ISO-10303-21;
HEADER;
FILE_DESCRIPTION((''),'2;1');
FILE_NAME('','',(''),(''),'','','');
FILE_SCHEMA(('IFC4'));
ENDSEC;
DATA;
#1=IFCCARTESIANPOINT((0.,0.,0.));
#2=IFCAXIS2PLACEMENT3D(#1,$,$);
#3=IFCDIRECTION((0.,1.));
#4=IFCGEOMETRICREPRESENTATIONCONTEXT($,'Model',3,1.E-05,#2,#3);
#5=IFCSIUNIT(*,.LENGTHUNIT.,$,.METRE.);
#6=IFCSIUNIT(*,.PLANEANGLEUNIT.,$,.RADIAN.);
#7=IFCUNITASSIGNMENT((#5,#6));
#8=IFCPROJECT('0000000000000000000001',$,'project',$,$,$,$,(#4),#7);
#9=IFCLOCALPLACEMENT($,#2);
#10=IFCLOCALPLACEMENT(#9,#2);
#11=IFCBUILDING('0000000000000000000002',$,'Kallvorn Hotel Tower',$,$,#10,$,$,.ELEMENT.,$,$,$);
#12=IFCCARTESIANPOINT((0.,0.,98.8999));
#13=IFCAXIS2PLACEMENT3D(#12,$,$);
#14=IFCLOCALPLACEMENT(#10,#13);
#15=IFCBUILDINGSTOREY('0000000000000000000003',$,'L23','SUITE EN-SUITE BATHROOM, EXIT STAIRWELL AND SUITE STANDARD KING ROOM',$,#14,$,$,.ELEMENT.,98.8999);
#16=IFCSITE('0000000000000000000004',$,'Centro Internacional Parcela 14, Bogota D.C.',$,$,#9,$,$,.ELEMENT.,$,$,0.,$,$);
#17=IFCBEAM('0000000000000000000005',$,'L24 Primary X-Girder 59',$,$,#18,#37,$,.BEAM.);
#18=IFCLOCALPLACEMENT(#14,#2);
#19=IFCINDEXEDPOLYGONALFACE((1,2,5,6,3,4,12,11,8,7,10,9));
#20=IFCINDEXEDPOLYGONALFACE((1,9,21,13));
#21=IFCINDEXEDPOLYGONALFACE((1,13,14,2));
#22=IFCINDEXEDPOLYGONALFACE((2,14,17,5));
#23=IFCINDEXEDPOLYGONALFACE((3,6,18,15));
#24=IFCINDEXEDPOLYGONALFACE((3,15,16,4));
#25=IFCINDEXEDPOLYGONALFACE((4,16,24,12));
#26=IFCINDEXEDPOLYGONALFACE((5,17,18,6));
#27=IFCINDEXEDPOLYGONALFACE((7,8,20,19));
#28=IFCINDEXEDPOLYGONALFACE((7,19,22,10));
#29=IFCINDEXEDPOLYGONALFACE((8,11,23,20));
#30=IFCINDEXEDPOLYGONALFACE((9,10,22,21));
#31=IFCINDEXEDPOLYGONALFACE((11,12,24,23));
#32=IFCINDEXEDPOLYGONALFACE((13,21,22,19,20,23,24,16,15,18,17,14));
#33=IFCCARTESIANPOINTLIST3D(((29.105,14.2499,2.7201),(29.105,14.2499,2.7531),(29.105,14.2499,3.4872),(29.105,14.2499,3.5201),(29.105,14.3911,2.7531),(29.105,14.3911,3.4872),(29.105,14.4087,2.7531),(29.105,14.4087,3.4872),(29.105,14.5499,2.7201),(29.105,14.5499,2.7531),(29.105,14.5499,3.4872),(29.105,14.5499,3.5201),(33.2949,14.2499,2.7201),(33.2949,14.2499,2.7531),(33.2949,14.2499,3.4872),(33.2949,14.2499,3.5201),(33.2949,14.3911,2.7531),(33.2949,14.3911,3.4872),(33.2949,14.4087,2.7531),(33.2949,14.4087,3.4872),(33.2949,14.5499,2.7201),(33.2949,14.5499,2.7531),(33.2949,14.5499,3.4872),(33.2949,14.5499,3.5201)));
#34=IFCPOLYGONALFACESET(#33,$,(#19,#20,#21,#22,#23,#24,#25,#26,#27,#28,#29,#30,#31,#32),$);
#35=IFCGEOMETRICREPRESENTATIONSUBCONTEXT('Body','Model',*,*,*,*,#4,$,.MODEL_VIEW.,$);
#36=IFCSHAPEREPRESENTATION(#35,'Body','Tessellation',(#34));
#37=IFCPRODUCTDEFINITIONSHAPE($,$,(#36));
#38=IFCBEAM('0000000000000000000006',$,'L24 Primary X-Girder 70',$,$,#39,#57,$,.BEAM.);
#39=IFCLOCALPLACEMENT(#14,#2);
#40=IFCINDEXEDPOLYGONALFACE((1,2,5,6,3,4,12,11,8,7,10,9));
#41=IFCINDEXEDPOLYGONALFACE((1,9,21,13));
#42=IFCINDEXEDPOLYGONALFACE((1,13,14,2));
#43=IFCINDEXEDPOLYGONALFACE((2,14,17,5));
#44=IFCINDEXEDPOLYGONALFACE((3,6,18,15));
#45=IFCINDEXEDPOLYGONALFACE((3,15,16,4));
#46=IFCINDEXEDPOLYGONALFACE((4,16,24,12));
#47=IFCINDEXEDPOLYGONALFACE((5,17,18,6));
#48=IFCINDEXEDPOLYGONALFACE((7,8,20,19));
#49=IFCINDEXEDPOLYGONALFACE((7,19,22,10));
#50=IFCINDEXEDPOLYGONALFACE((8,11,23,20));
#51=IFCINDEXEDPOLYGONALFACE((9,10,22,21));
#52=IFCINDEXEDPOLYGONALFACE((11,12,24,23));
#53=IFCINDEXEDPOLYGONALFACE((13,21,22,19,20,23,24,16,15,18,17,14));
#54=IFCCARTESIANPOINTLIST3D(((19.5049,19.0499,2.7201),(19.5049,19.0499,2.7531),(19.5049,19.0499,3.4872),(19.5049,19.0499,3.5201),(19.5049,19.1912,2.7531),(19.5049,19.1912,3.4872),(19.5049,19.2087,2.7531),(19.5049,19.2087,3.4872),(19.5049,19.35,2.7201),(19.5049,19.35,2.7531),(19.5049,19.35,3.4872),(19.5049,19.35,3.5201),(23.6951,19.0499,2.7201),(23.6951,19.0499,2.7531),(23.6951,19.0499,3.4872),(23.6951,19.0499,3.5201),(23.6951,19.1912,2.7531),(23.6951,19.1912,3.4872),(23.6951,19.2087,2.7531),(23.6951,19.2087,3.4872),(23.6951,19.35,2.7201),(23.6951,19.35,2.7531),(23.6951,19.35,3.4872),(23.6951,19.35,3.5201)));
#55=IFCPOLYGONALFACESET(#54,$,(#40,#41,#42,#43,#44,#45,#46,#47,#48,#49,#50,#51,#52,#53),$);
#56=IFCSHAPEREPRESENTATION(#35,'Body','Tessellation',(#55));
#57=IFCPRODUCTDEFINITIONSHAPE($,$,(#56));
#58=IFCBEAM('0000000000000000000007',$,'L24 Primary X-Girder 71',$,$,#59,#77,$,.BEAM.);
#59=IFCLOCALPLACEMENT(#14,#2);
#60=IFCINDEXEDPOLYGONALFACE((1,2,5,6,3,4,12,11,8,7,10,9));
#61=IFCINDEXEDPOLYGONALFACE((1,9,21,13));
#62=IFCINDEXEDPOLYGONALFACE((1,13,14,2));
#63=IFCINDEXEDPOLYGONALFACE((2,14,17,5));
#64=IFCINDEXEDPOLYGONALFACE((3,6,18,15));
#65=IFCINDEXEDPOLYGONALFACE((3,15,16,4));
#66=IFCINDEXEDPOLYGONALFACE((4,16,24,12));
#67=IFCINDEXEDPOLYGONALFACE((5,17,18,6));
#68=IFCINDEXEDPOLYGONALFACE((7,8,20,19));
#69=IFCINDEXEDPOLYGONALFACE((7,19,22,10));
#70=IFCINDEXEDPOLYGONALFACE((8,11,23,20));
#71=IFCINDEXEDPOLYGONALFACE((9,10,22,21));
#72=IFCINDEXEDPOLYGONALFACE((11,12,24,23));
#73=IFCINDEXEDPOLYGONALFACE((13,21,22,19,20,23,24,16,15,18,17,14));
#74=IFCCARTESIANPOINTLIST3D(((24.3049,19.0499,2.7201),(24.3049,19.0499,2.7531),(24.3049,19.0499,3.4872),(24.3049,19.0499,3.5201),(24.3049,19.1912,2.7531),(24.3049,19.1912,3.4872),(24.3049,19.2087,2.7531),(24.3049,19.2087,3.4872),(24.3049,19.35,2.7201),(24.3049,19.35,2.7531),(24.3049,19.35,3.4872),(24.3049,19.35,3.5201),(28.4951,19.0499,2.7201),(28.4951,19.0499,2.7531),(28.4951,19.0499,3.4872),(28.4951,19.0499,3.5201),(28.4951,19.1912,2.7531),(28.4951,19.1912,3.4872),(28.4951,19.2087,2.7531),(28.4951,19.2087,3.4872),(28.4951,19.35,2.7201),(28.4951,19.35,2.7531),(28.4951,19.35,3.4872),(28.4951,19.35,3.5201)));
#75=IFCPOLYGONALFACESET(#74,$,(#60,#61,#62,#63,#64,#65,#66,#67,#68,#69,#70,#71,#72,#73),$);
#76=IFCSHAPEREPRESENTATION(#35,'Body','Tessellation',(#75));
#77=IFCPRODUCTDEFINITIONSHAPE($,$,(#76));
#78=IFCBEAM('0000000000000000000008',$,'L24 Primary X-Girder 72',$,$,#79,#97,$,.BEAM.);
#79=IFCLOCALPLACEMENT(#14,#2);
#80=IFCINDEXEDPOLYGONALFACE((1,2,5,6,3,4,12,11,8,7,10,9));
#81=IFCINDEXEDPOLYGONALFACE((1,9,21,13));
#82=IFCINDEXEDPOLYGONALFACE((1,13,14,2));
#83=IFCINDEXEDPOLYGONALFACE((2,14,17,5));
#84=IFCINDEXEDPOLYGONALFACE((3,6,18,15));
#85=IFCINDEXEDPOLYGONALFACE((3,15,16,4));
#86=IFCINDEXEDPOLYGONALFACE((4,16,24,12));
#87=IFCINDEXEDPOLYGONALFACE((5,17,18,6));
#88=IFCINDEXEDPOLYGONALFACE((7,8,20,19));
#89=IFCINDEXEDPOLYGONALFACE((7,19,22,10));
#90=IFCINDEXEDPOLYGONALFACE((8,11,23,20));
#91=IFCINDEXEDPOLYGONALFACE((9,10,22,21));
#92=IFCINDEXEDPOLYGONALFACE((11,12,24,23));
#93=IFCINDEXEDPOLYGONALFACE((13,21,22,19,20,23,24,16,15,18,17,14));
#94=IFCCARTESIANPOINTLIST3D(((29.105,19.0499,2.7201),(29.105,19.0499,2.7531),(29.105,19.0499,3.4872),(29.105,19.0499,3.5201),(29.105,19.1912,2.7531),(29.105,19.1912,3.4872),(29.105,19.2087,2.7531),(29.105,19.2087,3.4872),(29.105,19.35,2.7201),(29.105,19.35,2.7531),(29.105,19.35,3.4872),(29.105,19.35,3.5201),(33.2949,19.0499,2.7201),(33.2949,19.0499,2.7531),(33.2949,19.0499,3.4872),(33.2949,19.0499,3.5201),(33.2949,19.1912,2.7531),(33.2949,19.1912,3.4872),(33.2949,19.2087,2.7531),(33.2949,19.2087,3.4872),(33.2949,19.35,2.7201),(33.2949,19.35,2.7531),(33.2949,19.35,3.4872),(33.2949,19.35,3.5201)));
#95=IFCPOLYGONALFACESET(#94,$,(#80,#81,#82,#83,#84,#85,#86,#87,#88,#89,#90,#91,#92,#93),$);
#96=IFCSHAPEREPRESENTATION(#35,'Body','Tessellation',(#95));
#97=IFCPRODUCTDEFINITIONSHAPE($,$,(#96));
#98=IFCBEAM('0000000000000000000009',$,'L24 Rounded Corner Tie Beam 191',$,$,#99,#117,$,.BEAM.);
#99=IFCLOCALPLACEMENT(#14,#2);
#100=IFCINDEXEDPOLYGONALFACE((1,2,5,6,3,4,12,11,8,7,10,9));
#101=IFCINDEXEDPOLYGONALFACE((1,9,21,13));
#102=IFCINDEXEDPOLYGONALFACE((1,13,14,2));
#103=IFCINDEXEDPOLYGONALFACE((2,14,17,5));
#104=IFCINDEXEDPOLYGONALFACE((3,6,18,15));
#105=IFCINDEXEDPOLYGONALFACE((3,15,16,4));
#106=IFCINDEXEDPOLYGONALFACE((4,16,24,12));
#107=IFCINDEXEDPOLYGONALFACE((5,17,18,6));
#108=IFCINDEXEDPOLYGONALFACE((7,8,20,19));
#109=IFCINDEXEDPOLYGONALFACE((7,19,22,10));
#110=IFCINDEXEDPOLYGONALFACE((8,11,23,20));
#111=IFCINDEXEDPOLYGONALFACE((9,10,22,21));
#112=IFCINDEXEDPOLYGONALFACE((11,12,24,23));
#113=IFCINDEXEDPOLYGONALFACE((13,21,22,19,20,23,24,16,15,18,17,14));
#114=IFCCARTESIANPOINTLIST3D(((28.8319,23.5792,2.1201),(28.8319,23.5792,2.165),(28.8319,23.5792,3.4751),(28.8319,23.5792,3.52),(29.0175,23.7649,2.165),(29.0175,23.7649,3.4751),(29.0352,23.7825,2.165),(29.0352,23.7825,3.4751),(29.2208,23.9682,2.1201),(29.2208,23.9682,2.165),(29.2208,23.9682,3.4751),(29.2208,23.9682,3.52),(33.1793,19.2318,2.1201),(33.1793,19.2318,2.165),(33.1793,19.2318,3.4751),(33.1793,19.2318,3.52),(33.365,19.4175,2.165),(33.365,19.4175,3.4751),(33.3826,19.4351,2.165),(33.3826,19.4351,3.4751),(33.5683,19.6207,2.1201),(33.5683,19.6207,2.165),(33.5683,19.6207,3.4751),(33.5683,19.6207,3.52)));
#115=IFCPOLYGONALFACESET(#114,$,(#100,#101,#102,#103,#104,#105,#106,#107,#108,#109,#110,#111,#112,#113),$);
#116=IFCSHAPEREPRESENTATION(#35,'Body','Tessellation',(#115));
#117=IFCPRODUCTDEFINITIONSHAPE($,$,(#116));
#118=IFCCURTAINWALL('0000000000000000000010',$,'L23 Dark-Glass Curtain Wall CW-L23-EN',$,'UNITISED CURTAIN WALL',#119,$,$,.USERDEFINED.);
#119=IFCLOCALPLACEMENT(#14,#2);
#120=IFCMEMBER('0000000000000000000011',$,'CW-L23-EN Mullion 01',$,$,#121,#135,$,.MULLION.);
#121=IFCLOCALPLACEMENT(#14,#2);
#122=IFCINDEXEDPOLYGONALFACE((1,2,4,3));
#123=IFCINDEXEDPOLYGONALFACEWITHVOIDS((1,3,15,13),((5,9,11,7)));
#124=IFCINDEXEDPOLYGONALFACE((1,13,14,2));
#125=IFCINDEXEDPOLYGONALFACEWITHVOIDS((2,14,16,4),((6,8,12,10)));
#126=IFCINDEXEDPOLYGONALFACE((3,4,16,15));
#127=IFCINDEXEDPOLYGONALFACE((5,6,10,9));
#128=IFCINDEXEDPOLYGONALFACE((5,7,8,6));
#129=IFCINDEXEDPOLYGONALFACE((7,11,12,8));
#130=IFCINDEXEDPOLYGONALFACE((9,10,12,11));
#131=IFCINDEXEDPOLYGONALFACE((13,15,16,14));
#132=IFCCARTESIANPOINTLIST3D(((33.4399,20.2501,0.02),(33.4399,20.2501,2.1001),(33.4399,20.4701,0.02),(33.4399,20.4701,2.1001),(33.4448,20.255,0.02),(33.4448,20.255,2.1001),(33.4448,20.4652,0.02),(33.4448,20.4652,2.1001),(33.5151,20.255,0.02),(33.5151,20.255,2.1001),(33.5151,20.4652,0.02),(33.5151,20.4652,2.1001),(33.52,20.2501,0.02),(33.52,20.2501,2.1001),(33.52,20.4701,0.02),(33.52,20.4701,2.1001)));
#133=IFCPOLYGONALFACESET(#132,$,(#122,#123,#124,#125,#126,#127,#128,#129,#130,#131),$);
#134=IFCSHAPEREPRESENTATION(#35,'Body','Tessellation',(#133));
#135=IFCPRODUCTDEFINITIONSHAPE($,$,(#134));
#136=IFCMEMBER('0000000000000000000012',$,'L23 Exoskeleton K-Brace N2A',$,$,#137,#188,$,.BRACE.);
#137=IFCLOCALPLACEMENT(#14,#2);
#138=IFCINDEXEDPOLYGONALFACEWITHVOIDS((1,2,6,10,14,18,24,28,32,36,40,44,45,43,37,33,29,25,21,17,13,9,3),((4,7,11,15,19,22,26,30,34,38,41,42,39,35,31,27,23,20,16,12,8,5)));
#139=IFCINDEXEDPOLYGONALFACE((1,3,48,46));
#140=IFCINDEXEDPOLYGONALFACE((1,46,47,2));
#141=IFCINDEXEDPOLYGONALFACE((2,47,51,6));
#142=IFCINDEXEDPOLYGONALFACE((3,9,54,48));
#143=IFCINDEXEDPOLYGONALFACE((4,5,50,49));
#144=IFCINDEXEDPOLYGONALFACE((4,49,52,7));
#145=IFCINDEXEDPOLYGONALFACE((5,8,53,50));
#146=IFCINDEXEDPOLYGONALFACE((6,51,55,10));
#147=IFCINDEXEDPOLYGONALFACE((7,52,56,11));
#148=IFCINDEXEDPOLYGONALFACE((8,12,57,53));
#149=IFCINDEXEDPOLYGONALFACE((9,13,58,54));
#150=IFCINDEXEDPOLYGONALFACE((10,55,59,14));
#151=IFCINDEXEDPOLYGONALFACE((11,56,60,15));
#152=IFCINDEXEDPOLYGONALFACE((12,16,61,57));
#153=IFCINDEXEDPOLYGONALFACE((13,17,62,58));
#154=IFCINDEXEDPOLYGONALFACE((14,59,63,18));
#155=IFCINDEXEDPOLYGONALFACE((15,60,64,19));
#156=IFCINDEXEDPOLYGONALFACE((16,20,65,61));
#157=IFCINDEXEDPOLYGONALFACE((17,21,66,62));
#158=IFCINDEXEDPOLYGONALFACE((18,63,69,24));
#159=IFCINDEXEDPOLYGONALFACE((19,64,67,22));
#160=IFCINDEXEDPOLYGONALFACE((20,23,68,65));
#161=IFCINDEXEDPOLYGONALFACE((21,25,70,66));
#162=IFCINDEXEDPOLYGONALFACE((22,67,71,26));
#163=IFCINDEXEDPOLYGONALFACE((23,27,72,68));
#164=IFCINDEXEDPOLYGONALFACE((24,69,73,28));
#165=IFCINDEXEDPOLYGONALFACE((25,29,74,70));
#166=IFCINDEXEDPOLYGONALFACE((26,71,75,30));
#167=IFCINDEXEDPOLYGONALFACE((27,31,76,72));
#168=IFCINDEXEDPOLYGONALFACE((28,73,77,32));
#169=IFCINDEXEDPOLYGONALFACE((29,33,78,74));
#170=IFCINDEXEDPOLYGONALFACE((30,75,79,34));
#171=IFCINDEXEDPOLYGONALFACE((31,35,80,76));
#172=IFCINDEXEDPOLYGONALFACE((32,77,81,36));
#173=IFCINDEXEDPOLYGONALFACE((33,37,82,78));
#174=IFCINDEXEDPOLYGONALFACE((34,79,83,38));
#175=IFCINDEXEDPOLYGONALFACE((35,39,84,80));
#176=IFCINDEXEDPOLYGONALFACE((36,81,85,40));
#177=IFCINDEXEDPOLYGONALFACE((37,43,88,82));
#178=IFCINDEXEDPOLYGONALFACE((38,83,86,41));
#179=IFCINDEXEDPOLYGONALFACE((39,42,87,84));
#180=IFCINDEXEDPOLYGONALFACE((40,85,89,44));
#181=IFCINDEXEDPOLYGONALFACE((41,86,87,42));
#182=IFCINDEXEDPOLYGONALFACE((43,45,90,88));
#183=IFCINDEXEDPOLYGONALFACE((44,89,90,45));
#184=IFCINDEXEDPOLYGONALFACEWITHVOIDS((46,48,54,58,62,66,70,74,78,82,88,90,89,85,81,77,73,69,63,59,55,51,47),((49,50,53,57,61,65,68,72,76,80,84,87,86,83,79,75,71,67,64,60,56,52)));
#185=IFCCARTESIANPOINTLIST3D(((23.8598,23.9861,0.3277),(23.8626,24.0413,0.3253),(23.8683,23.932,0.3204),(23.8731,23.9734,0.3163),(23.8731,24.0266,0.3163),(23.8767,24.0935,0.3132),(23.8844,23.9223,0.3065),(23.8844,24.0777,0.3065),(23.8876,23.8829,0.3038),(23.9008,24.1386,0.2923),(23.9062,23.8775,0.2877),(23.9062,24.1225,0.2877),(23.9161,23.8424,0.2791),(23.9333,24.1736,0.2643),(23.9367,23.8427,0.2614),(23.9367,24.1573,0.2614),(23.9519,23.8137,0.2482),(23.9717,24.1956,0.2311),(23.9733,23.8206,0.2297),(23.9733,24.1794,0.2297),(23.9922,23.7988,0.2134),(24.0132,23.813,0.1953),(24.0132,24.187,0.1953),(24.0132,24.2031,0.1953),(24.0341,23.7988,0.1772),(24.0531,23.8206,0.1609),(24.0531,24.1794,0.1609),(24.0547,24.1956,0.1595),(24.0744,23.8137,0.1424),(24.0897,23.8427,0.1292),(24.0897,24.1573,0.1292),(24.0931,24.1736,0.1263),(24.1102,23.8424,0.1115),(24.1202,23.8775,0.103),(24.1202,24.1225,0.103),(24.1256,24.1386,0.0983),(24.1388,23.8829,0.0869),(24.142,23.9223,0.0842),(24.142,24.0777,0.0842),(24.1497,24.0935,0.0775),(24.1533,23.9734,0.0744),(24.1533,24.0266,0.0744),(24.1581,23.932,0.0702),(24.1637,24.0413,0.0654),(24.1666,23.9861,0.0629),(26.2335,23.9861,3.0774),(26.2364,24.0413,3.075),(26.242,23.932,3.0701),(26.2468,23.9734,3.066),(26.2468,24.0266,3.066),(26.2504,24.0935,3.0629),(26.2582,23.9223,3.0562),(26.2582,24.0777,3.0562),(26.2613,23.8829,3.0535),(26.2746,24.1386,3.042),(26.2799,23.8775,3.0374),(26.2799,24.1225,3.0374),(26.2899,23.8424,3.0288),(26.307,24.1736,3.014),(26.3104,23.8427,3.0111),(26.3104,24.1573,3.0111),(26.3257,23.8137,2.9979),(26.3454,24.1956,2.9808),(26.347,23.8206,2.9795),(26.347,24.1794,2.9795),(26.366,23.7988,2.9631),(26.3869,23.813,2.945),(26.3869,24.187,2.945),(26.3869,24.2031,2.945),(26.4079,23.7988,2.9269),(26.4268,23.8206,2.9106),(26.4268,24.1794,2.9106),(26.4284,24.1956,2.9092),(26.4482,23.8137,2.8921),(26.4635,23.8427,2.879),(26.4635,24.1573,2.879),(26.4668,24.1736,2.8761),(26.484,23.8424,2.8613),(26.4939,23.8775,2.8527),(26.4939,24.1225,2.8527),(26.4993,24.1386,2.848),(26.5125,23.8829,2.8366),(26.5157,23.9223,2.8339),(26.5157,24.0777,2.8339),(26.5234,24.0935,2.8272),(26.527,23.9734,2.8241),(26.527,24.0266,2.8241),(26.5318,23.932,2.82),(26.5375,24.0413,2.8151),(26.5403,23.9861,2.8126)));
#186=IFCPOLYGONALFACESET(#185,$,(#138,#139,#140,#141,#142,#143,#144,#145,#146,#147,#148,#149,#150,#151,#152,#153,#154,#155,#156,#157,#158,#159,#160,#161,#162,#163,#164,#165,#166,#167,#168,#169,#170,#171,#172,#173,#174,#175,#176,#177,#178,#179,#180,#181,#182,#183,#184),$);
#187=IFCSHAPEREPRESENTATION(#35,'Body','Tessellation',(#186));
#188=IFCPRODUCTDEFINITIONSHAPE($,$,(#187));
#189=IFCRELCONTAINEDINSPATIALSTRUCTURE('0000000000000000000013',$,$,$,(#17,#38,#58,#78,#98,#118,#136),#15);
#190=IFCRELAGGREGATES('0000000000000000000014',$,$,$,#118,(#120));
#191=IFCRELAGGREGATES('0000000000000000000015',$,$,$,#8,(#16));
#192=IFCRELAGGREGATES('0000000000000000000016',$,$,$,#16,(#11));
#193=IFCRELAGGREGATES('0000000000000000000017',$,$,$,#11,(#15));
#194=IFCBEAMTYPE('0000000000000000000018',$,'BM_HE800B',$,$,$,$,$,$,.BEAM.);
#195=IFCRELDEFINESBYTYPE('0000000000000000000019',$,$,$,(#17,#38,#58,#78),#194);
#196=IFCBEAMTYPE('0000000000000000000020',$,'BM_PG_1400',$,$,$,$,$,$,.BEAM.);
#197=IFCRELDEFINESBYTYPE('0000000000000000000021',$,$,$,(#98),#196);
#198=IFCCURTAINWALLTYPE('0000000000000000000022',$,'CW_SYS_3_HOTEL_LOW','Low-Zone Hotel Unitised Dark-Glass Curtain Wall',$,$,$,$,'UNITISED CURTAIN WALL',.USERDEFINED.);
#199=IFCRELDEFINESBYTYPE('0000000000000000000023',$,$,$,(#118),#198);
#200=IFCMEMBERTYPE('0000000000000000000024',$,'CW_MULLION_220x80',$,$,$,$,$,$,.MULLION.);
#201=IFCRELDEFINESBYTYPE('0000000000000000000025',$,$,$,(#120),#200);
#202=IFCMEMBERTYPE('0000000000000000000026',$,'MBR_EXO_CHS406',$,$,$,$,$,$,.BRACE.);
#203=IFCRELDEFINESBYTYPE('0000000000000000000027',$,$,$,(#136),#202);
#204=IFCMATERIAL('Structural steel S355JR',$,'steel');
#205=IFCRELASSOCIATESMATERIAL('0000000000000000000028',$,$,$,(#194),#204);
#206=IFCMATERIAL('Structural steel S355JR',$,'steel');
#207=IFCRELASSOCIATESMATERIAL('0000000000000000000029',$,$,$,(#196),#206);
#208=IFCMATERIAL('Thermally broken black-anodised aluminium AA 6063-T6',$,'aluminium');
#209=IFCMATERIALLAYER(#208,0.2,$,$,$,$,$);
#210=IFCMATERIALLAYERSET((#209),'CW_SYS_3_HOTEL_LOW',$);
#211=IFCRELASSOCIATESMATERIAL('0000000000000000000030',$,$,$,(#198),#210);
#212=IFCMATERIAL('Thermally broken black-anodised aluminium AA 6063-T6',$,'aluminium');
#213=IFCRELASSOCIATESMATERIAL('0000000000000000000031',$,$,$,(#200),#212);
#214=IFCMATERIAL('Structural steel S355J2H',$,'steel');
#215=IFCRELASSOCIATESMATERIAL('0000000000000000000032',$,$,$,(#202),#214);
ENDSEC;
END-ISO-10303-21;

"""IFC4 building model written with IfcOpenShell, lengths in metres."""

from ifc_helpers import new_model, si_unit, direction, frame, origin, origin_2d, place, context, subcontext, project, spatial, hollow_rectangle, hollow_circle, i_section, extrude, material, layer, layer_set, material_profile, profile_set, type_object, element, aggregate, save


model = new_model("IFC4")

# Units and contexts
model_context = context("Model", 3, precision=1e-05, world=origin(), true_north=direction((0.0, 1.0)))
body_context = subcontext(model_context, "Body", "Model", "MODEL_VIEW")
ifc_project = project(units=[si_unit("LENGTHUNIT", "METRE"), si_unit("PLANEANGLEUNIT", "RADIAN")], contexts=[model_context])

# Site, building, storey
site_placement = place(None, origin())
site = spatial("IfcSite", under=ifc_project, at=site_placement, Name="Centro Internacional Parcela 14, Bogota D.C.", CompositionType="ELEMENT", RefElevation=0.0)
building_placement = place(site_placement, origin())
building = spatial("IfcBuilding", under=site, at=building_placement, Name="Kallvorn Hotel Tower", CompositionType="ELEMENT")
storey_placement = place(building_placement, frame((0.0, 0.0, 98.8999)))
storey = spatial("IfcBuildingStorey", under=building, at=storey_placement, Name="L23", Description="SUITE EN-SUITE BATHROOM, EXIT STAIRWELL AND SUITE STANDARD KING ROOM", CompositionType="ELEMENT", Elevation=98.8999)

# Beams
ifc_material_1 = material(Name="Structural steel S355JR", Category="steel")
ifc_material_profile_1 = material_profile(ifc_material_1, i_section(OverallWidth=0.3, OverallDepth=0.8, WebThickness=0.0176, FlangeThickness=0.033, at=origin_2d()), Name="HE 800 B")
ifc_profile_set_1 = profile_set([ifc_material_profile_1], Name="Structural steel S355JR")
beam_type_1 = type_object("IfcBeamType", Name="BM_HE800B", PredefinedType="BEAM", material=ifc_profile_set_1)
beam_1_placement = place(storey_placement, frame((29.105, 14.3999, 3.1201), z_axis=(1.0, 0.0, 0.0), x_axis=(0.0, 1.0, 0.0)))
element("IfcBeam", 1, at=beam_1_placement, inside=storey, type_object=beam_type_1, Name="L24 Primary X-Girder 59", PredefinedType="BEAM", context=body_context, shape_type="SweptSolid", body=[
    extrude(i_section(OverallWidth=0.3, OverallDepth=0.8, WebThickness=0.0176, FlangeThickness=0.033, at=origin_2d()), origin(), (0.0, 0.0, 1.0), 4.1899),
])
for number, where, z_axis, x_axis, name in (
    (2, (19.5049, 19.2, 3.1201), (1.0, 0.0, 0.0), (0.0, 1.0, 0.0), "L24 Primary X-Girder 70"),
    (3, (24.3049, 19.2, 3.1201), (1.0, 0.0, 0.0), (0.0, 1.0, 0.0), "L24 Primary X-Girder 71"),
):
    element("IfcBeam", number, at=place(storey_placement, frame(where, z_axis=z_axis, x_axis=x_axis)), inside=storey, type_object=beam_type_1, Name=name, PredefinedType="BEAM", context=body_context, shape_type="SweptSolid", body=[
        extrude(i_section(OverallWidth=0.3, OverallDepth=0.8, WebThickness=0.0176, FlangeThickness=0.033, at=origin_2d()), origin(), (0.0, 0.0, 1.0), 4.1902),
    ])
beam_2_placement = place(storey_placement, frame((29.105, 19.2, 3.1201), z_axis=(1.0, 0.0, 0.0), x_axis=(0.0, 1.0, 0.0)))
element("IfcBeam", 4, at=beam_2_placement, inside=storey, type_object=beam_type_1, Name="L24 Primary X-Girder 72", PredefinedType="BEAM", context=body_context, shape_type="SweptSolid", body=[
    extrude(i_section(OverallWidth=0.3, OverallDepth=0.8, WebThickness=0.0176, FlangeThickness=0.033, at=origin_2d()), origin(), (0.0, 0.0, 1.0), 4.1899),
])
ifc_material_2 = material(Name="Structural steel S355JR", Category="steel")
ifc_material_profile_2 = material_profile(ifc_material_2, i_section(OverallWidth=0.55, OverallDepth=1.3999, WebThickness=0.0249, FlangeThickness=0.0449, at=origin_2d()), Name="PG 1400x550x25x45")
ifc_profile_set_2 = profile_set([ifc_material_profile_2], Name="Structural steel S355JR")
beam_type_2 = type_object("IfcBeamType", Name="BM_PG_1400", PredefinedType="BEAM", material=ifc_profile_set_2)
beam_3_placement = place(storey_placement, frame((33.3738, 19.4263, 2.8201), z_axis=(-0.707107, 0.707107, 0.0), x_axis=(-0.707107, -0.707107, 0.0)))
element("IfcBeam", 5, at=beam_3_placement, inside=storey, type_object=beam_type_2, Name="L24 Rounded Corner Tie Beam 191", PredefinedType="BEAM", context=body_context, shape_type="SweptSolid", body=[
    extrude(i_section(OverallWidth=0.55, OverallDepth=1.3999, WebThickness=0.0249, FlangeThickness=0.0449, at=origin_2d()), origin(), (0.0, 0.0, 1.0), 6.1482),
])

# Curtain wall, member
ifc_material_3 = material(Name="Thermally broken black-anodised aluminium AA 6063-T6", Category="aluminium")
ifc_layer_1 = layer(ifc_material_3, 0.2)
ifc_layer_set_1 = layer_set([ifc_layer_1], Name="CW_SYS_3_HOTEL_LOW")
curtain_wall_type = type_object("IfcCurtainWallType", Name="CW_SYS_3_HOTEL_LOW", Description="Low-Zone Hotel Unitised Dark-Glass Curtain Wall", ElementType="UNITISED CURTAIN WALL", PredefinedType="USERDEFINED", material=ifc_layer_set_1)
curtain_wall_placement = place(storey_placement, origin())
curtain_wall = element("IfcCurtainWall", 6, at=curtain_wall_placement, inside=storey, type_object=curtain_wall_type, Name="L23 Dark-Glass Curtain Wall CW-L23-EN", ObjectType="UNITISED CURTAIN WALL", PredefinedType="USERDEFINED")
ifc_material_4 = material(Name="Thermally broken black-anodised aluminium AA 6063-T6", Category="aluminium")
ifc_material_profile_3 = material_profile(ifc_material_4, hollow_rectangle(XDim=0.0801, YDim=0.22, WallThickness=0.0049, at=origin_2d()), Name="MUL 220x80")
ifc_profile_set_3 = profile_set([ifc_material_profile_3], Name="Thermally broken black-anodised aluminium AA 6063-T6")
member_type_1 = type_object("IfcMemberType", Name="CW_MULLION_220x80", PredefinedType="MULLION", material=ifc_profile_set_3)
member_placement = place(storey_placement, frame((33.48, 20.3601, 0.02), z_axis=(0.0, 0.0, 1.0), x_axis=(1.0, 0.0, 0.0)))
member = element("IfcMember", 7, at=member_placement, type_object=member_type_1, Name="CW-L23-EN Mullion 01", PredefinedType="MULLION", context=body_context, shape_type="SweptSolid", body=[
    extrude(hollow_rectangle(XDim=0.0801, YDim=0.22, WallThickness=0.0049, at=origin_2d()), origin(), (0.0, 0.0, 1.0), 2.0801),
])
aggregate(curtain_wall, [member])

# Member
ifc_material_5 = material(Name="Structural steel S355J2H", Category="steel")
ifc_material_profile_4 = material_profile(ifc_material_5, hollow_circle(Radius=0.2031, WallThickness=0.0161, at=origin_2d()), Name="CHS 406.4x16")
ifc_profile_set_4 = profile_set([ifc_material_profile_4], Name="Structural steel S355J2H")
member_type_2 = type_object("IfcMemberType", Name="MBR_EXO_CHS406", PredefinedType="BRACE", material=ifc_profile_set_4)
for number, where, z_axis, x_axis, name in (
    (8, (24.0132, 24.0, 0.1953), (0.653461, 0.0, 0.756961), (0.0, 1.0, 0.0), "L23 Exoskeleton K-Brace N2A"),
):
    element("IfcMember", number, at=place(storey_placement, frame(where, z_axis=z_axis, x_axis=x_axis)), inside=storey, type_object=member_type_2, Name=name, PredefinedType="BRACE", context=body_context, shape_type="SweptSolid", body=[
        extrude(hollow_circle(Radius=0.2031, WallThickness=0.0161, at=origin_2d()), origin(), (0.0, 0.0, 1.0), 3.6326),
    ])

save(model, "model.ifc")
